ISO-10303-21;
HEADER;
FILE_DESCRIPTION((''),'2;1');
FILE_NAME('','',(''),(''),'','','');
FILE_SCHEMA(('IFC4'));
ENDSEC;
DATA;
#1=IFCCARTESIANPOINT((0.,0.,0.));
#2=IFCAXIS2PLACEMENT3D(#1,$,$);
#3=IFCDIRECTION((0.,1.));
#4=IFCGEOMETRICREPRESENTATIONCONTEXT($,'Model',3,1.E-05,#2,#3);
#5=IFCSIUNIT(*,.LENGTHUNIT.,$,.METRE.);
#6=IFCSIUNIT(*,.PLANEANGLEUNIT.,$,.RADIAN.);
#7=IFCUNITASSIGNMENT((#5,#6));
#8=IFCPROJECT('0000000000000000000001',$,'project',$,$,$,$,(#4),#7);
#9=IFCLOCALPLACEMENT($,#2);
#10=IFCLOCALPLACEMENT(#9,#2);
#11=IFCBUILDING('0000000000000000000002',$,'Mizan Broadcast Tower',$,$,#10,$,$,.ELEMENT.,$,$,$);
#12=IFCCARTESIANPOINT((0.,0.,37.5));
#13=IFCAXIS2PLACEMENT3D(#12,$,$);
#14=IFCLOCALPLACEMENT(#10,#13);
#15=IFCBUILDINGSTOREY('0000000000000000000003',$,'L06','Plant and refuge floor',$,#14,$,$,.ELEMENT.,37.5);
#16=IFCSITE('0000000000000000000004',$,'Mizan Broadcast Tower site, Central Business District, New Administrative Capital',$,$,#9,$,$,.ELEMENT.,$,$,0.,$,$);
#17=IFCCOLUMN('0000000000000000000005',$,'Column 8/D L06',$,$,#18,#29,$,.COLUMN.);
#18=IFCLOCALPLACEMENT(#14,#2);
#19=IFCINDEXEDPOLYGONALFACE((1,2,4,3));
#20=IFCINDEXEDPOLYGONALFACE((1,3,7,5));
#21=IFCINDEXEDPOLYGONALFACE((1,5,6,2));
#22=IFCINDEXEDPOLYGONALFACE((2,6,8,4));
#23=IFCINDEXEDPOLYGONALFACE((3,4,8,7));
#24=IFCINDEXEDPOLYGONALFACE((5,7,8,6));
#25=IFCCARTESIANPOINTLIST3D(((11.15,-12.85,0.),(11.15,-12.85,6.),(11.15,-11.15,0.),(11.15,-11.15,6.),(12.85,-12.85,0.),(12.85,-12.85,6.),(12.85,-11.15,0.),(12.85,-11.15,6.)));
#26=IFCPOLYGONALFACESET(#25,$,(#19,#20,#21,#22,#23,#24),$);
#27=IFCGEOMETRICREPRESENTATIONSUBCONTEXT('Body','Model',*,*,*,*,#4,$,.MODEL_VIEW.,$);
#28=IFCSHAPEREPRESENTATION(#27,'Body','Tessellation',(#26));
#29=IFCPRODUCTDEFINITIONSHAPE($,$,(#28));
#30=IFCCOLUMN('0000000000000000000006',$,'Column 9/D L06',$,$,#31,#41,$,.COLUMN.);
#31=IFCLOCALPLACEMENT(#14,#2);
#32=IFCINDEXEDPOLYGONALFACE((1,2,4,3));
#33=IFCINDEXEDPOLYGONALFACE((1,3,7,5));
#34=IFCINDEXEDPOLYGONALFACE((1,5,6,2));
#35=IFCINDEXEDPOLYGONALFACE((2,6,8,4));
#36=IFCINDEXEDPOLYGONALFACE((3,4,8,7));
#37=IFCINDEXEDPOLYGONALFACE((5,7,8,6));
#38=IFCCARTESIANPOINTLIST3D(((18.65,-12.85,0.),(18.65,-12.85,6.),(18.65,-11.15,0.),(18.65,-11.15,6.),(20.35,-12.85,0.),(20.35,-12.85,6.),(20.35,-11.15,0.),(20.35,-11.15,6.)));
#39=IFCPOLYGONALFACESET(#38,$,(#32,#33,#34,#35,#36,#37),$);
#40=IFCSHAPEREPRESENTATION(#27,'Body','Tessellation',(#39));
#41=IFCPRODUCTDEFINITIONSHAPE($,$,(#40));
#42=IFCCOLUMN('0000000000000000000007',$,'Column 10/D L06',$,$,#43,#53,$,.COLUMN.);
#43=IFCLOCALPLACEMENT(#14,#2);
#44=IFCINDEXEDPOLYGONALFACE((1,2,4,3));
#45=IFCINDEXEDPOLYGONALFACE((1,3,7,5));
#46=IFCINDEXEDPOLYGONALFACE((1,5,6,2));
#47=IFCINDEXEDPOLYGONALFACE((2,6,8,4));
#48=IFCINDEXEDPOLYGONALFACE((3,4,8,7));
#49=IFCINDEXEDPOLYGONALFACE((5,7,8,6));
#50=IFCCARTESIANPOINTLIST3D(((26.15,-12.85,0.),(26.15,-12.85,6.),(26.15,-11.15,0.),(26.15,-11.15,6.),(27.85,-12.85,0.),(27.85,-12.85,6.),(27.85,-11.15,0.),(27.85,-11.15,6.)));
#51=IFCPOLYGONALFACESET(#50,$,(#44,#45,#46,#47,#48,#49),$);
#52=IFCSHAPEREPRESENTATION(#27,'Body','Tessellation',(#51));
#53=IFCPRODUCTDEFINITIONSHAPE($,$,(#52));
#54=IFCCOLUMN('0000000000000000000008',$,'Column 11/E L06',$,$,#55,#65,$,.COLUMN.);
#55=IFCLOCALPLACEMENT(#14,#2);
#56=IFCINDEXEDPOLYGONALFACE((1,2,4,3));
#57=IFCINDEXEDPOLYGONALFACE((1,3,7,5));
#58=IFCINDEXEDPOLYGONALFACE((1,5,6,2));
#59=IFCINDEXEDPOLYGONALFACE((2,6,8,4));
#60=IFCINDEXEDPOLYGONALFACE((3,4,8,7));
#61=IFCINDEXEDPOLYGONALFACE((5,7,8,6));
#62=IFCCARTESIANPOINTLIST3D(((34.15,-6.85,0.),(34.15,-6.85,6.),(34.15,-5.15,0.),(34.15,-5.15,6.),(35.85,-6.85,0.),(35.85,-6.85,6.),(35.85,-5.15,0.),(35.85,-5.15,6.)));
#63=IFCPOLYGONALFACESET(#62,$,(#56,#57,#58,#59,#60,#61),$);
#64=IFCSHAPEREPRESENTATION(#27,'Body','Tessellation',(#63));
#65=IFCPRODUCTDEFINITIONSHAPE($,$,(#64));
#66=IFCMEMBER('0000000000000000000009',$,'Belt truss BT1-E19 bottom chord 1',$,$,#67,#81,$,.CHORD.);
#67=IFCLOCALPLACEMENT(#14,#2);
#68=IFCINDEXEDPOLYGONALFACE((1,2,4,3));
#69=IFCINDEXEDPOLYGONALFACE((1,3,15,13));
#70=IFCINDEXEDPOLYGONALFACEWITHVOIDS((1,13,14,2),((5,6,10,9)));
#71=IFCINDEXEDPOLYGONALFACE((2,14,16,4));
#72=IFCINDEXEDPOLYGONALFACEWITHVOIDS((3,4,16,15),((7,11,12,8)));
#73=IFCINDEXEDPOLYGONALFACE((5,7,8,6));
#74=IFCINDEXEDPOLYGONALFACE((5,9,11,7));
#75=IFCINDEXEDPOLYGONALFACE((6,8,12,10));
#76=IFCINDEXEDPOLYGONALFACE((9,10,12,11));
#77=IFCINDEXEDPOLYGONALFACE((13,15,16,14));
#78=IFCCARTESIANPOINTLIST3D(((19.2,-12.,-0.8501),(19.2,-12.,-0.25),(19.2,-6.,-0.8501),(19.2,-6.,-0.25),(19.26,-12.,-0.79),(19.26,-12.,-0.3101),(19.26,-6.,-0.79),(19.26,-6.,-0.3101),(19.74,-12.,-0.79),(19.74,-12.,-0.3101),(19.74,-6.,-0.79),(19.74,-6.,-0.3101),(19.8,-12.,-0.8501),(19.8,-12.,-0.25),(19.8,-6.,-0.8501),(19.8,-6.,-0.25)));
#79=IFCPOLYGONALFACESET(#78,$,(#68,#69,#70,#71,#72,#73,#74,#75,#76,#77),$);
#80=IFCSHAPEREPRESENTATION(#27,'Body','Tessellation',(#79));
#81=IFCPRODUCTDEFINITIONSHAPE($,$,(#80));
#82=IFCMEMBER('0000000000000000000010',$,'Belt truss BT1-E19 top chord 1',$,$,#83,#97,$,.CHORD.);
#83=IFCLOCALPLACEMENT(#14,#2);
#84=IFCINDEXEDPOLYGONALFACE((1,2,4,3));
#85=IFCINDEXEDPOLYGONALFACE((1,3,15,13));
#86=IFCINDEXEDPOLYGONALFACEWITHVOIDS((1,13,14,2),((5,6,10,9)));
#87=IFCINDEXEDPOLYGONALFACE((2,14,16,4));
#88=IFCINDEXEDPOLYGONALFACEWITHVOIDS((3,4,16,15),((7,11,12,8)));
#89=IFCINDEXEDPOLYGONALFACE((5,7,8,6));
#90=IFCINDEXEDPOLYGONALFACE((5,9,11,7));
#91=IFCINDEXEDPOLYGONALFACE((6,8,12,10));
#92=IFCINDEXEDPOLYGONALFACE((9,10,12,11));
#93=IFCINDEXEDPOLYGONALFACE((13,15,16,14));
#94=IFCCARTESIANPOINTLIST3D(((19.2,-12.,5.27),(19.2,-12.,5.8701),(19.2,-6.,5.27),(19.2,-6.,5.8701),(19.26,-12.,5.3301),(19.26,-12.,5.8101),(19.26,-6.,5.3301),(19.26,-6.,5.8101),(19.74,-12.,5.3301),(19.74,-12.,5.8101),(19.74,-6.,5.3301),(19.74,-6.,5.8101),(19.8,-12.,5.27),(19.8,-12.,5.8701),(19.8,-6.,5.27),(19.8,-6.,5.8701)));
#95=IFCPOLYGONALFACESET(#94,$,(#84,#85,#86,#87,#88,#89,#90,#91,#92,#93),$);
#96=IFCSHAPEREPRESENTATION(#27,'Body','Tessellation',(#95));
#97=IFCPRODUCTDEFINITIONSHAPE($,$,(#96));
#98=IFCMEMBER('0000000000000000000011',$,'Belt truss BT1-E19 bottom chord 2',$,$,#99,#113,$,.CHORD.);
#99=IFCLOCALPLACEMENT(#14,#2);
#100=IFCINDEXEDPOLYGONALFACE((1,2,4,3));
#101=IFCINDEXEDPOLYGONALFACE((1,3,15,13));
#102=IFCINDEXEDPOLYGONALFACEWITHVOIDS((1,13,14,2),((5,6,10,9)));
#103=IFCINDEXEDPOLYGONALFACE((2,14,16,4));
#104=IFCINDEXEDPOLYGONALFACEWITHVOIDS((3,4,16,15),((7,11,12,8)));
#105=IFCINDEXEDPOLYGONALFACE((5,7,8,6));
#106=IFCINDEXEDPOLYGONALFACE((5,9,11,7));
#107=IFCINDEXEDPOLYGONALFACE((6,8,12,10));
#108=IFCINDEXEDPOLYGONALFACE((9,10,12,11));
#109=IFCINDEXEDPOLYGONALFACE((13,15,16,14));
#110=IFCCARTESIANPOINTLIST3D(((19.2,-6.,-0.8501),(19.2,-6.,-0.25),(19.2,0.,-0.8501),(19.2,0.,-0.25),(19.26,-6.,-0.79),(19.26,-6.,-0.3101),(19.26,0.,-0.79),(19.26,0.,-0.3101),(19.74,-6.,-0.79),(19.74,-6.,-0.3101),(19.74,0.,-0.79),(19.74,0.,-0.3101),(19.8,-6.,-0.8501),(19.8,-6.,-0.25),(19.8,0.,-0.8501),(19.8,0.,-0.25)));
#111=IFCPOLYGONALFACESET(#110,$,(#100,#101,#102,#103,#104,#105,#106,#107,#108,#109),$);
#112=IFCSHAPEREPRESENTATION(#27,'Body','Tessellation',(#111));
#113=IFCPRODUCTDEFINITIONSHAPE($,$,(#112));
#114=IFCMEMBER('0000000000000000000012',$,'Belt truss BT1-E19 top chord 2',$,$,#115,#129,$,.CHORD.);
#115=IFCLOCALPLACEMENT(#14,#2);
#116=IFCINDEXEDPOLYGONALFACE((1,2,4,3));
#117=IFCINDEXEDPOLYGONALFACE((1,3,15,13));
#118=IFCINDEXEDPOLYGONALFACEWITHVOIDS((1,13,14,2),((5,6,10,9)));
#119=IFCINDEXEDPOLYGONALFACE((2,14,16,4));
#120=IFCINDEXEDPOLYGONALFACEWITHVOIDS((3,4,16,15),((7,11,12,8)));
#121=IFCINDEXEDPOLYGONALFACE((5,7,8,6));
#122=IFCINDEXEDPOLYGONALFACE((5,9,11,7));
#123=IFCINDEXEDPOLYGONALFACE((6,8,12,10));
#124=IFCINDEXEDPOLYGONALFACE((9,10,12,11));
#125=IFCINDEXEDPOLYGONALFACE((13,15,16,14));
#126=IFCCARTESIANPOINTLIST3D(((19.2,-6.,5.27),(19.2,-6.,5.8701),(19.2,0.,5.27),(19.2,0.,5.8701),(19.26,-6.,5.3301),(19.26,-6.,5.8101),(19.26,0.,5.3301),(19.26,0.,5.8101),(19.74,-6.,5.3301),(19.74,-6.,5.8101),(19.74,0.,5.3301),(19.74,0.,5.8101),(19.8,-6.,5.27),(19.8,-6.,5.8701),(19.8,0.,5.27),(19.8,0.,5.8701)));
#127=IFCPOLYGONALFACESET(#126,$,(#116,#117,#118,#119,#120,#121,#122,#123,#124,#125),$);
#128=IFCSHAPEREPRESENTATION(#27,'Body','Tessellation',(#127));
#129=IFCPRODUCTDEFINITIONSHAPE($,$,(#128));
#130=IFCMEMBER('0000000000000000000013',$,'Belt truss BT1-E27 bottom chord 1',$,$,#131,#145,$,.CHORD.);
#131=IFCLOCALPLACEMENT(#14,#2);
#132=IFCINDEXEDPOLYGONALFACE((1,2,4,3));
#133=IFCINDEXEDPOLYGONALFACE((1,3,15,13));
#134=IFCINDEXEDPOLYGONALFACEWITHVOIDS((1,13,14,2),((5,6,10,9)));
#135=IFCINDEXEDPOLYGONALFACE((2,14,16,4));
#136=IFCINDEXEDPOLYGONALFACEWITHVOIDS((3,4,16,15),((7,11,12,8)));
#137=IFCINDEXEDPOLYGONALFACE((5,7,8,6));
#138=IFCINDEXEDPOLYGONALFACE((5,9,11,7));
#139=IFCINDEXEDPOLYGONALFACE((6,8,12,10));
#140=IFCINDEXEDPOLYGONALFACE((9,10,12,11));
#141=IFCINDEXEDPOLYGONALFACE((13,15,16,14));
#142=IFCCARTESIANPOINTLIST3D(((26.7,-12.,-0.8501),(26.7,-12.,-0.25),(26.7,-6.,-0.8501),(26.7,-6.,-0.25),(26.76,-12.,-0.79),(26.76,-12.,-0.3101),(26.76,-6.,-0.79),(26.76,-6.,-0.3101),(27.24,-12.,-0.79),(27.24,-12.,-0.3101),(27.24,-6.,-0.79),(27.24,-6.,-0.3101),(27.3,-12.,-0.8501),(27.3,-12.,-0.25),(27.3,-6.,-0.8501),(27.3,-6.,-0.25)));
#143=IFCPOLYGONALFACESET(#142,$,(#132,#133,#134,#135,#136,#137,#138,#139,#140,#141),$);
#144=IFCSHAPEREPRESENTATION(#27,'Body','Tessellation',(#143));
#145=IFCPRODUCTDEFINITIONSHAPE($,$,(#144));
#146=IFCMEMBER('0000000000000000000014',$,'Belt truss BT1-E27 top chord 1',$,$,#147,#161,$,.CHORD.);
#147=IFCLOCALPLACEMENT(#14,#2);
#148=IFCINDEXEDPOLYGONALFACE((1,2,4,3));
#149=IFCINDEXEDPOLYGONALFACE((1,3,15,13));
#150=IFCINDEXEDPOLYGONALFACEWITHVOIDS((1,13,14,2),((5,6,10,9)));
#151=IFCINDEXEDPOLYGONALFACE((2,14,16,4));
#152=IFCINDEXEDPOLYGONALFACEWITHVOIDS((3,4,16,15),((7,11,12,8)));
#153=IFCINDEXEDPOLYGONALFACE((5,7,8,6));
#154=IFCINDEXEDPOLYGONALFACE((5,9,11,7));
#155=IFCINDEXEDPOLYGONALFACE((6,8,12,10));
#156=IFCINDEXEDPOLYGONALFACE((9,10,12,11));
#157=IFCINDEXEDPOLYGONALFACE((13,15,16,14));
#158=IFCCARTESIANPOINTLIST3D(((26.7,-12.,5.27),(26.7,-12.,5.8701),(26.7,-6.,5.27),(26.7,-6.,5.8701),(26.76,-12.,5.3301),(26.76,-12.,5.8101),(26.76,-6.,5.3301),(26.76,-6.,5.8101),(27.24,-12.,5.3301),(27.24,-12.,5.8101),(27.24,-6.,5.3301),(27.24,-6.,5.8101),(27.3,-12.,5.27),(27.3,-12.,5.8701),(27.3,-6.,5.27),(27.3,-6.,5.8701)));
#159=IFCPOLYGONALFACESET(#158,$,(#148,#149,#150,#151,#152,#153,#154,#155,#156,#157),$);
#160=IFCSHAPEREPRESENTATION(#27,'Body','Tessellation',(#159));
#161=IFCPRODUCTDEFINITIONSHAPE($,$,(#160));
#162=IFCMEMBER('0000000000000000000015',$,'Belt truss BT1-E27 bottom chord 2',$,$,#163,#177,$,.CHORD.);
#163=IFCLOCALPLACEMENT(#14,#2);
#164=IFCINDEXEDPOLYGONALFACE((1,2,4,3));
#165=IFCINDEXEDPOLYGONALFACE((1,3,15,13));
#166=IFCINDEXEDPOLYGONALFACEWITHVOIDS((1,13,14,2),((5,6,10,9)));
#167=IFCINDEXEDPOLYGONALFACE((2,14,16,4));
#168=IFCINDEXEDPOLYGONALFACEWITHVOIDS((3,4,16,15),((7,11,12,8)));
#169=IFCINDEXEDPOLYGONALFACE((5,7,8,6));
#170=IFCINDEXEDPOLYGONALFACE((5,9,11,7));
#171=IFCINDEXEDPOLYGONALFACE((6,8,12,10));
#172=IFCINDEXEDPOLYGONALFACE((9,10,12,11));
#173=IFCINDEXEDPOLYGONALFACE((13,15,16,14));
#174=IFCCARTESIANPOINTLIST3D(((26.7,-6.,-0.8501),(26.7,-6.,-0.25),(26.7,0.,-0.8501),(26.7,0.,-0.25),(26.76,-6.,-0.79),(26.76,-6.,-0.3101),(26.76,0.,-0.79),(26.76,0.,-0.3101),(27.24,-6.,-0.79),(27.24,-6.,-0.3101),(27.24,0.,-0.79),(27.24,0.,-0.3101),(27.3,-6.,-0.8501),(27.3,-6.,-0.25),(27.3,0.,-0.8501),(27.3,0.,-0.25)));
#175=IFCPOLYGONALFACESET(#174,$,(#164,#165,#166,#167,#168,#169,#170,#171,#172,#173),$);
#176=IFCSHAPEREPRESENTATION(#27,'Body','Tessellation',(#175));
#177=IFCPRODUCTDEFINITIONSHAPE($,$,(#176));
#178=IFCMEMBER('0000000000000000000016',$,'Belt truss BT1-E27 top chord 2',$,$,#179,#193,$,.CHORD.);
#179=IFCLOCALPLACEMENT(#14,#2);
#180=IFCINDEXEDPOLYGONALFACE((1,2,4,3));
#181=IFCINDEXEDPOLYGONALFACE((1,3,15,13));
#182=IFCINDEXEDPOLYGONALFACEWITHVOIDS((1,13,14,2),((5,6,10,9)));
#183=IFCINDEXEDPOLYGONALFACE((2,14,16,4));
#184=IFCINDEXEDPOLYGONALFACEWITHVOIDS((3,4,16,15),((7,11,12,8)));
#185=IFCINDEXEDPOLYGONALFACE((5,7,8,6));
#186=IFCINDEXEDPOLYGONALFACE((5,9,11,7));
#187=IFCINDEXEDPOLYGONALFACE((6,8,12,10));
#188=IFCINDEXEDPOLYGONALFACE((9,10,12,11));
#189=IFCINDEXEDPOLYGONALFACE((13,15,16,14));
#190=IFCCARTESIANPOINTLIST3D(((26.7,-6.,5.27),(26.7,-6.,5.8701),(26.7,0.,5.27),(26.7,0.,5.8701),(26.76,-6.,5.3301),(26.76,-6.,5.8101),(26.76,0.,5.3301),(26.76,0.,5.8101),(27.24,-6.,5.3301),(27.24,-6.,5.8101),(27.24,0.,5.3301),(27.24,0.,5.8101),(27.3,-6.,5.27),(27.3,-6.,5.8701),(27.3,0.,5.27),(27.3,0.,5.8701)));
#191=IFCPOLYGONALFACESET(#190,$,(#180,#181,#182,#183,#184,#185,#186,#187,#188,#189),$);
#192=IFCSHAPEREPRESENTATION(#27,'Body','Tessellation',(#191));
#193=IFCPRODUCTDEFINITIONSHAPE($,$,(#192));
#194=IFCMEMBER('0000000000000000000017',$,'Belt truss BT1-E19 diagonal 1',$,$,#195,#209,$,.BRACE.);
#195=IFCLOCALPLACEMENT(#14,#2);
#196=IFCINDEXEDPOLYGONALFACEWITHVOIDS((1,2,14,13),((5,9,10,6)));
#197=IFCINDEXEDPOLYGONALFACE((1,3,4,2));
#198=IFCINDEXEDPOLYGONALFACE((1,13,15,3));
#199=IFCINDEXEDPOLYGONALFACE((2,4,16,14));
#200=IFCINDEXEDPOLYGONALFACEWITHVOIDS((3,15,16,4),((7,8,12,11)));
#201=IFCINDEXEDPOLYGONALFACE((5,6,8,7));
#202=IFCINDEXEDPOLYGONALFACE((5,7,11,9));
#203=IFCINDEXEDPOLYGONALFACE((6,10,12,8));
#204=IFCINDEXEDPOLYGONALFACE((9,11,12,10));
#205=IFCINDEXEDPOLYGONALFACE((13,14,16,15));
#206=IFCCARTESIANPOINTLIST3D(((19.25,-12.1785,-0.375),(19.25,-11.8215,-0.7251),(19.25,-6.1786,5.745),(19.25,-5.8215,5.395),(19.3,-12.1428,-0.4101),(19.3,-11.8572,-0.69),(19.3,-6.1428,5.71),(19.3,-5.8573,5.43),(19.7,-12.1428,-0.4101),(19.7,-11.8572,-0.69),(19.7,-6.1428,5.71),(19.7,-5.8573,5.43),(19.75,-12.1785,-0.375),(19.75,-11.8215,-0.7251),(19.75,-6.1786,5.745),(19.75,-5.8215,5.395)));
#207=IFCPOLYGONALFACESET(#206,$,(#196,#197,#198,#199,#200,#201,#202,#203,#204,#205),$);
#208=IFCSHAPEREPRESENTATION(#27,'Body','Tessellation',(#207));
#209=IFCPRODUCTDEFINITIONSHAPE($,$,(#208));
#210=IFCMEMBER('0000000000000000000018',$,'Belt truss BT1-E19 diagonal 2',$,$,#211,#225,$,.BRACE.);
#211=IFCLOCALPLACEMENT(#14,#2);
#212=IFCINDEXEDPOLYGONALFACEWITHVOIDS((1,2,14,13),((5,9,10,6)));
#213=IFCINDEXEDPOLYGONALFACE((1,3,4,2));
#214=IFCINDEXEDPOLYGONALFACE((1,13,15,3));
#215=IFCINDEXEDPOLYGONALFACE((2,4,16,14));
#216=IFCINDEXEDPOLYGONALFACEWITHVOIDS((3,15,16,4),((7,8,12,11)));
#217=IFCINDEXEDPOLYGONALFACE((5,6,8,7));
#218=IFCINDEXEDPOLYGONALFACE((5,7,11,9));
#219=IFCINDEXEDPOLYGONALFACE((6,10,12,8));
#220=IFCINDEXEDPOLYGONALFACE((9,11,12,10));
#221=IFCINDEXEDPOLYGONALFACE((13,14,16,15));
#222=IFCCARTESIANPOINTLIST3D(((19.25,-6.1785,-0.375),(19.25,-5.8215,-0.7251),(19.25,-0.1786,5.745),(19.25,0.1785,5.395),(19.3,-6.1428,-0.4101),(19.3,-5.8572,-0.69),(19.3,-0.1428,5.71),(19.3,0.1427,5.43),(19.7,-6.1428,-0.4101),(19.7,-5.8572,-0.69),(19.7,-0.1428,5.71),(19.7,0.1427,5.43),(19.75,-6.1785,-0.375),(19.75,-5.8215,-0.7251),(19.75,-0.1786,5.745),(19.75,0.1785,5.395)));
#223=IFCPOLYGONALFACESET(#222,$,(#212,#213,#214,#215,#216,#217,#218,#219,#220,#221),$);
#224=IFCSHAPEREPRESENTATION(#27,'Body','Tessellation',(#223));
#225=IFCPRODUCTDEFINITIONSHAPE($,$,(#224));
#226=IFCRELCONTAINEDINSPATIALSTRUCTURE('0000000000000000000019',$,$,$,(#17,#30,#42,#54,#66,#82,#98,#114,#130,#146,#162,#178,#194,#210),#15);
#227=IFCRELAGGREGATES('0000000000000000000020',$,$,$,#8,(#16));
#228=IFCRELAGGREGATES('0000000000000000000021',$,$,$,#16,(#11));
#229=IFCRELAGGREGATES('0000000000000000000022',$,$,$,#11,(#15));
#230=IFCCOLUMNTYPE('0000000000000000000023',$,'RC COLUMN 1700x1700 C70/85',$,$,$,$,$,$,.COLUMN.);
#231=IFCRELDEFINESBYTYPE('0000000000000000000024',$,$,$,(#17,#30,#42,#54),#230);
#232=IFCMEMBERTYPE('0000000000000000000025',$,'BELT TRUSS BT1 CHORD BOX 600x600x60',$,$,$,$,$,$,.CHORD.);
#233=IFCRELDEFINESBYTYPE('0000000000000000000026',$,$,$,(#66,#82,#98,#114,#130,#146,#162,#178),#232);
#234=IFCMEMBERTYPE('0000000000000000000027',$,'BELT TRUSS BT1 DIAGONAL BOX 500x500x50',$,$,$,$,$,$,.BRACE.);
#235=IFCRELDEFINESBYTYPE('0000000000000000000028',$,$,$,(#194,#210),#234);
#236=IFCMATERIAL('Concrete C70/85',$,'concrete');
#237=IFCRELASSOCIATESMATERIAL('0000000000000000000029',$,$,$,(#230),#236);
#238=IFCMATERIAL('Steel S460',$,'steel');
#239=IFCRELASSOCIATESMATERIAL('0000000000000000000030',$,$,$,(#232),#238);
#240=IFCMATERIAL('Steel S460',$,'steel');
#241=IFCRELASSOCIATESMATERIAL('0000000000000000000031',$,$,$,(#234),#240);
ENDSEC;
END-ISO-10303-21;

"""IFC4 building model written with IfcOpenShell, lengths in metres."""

from ifc_helpers import new_model, si_unit, direction, frame, origin, origin_2d, place, context, subcontext, project, spatial, rectangle, hollow_rectangle, extrude, material, material_profile, profile_set, type_object, element, save


model = new_model("IFC4")

# Units and contexts
model_context = context("Model", 3, precision=1e-05, world=origin(), true_north=direction((0.0, 1.0)))
body_context = subcontext(model_context, "Body", "Model", "MODEL_VIEW")
ifc_project = project(units=[si_unit("LENGTHUNIT", "METRE"), si_unit("PLANEANGLEUNIT", "RADIAN")], contexts=[model_context])

# Site, building, storey
site_placement = place(None, origin())
site = spatial("IfcSite", under=ifc_project, at=site_placement, Name="Mizan Broadcast Tower site, Central Business District, New Administrative Capital", CompositionType="ELEMENT", RefElevation=0.0)
building_placement = place(site_placement, origin())
building = spatial("IfcBuilding", under=site, at=building_placement, Name="Mizan Broadcast Tower", CompositionType="ELEMENT")
storey_placement = place(building_placement, frame((0.0, 0.0, 37.5)))
storey = spatial("IfcBuildingStorey", under=building, at=storey_placement, Name="L06", Description="Plant and refuge floor", CompositionType="ELEMENT", Elevation=37.5)

# Columns
ifc_material_1 = material(Name="Concrete C70/85", Category="concrete")
ifc_material_profile_1 = material_profile(ifc_material_1, rectangle(XDim=1.7, YDim=1.7, at=origin_2d()), Name="RC 1700x1700")
ifc_profile_set_1 = profile_set([ifc_material_profile_1], Name="Concrete C70/85")
column_type = type_object("IfcColumnType", Name="RC COLUMN 1700x1700 C70/85", PredefinedType="COLUMN", material=ifc_profile_set_1)
for number, where, z_axis, x_axis, name in (
    (1, (12.0, -12.0, 0.0), (0.0, 0.0, 1.0), (1.0, 0.0, 0.0), "Column 8/D L06"),
    (2, (19.5, -12.0, 0.0), (0.0, 0.0, 1.0), (1.0, 0.0, 0.0), "Column 9/D L06"),
    (3, (27.0, -12.0, 0.0), (0.0, 0.0, 1.0), (1.0, 0.0, 0.0), "Column 10/D L06"),
    (4, (35.0, -6.0, 0.0), (0.0, 0.0, 1.0), (1.0, 0.0, 0.0), "Column 11/E L06"),
):
    element("IfcColumn", number, at=place(storey_placement, frame(where, z_axis=z_axis, x_axis=x_axis)), inside=storey, type_object=column_type, Name=name, PredefinedType="COLUMN", context=body_context, shape_type="SweptSolid", body=[
        extrude(rectangle(XDim=1.7, YDim=1.7, at=origin_2d()), origin(), (0.0, 0.0, 1.0), 6.0),
    ])

# Members
ifc_material_2 = material(Name="Steel S460", Category="steel")
ifc_material_profile_2 = material_profile(ifc_material_2, hollow_rectangle(XDim=0.6001, YDim=0.6001, WallThickness=0.0601, at=origin_2d()), Name="BOX 600x600x60")
ifc_profile_set_2 = profile_set([ifc_material_profile_2], Name="Steel S460")
member_type_1 = type_object("IfcMemberType", Name="BELT TRUSS BT1 CHORD BOX 600x600x60", PredefinedType="CHORD", material=ifc_profile_set_2)
for number, where, z_axis, x_axis, name in (
    (5, (19.5, -12.0, -0.55), (0.0, 1.0, 0.0), (-1.0, 0.0, 0.0), "Belt truss BT1-E19 bottom chord 1"),
    (6, (19.5, -12.0, 5.5701), (0.0, 1.0, 0.0), (-1.0, 0.0, 0.0), "Belt truss BT1-E19 top chord 1"),
    (7, (19.5, -6.0, -0.55), (0.0, 1.0, 0.0), (-1.0, 0.0, 0.0), "Belt truss BT1-E19 bottom chord 2"),
    (8, (19.5, -6.0, 5.5701), (0.0, 1.0, 0.0), (-1.0, 0.0, 0.0), "Belt truss BT1-E19 top chord 2"),
    (9, (27.0, -12.0, -0.55), (0.0, 1.0, 0.0), (-1.0, 0.0, 0.0), "Belt truss BT1-E27 bottom chord 1"),
    (10, (27.0, -12.0, 5.5701), (0.0, 1.0, 0.0), (-1.0, 0.0, 0.0), "Belt truss BT1-E27 top chord 1"),
    (11, (27.0, -6.0, -0.55), (0.0, 1.0, 0.0), (-1.0, 0.0, 0.0), "Belt truss BT1-E27 bottom chord 2"),
    (12, (27.0, -6.0, 5.5701), (0.0, 1.0, 0.0), (-1.0, 0.0, 0.0), "Belt truss BT1-E27 top chord 2"),
):
    element("IfcMember", number, at=place(storey_placement, frame(where, z_axis=z_axis, x_axis=x_axis)), inside=storey, type_object=member_type_1, Name=name, PredefinedType="CHORD", context=body_context, shape_type="SweptSolid", body=[
        extrude(hollow_rectangle(XDim=0.6001, YDim=0.6001, WallThickness=0.0601, at=origin_2d()), origin(), (0.0, 0.0, 1.0), 6.0),
    ])
ifc_material_3 = material(Name="Steel S460", Category="steel")
ifc_material_profile_3 = material_profile(ifc_material_3, hollow_rectangle(XDim=0.5, YDim=0.5, WallThickness=0.05, at=origin_2d()), Name="BOX 500x500x50")
ifc_profile_set_3 = profile_set([ifc_material_profile_3], Name="Steel S460")
member_type_2 = type_object("IfcMemberType", Name="BELT TRUSS BT1 DIAGONAL BOX 500x500x50", PredefinedType="BRACE", material=ifc_profile_set_3)
for number, where, z_axis, x_axis, name in (
    (13, (19.5, -12.0, -0.55), (0.0, 0.700065, 0.71408), (-1.0, 0.0, 0.0), "Belt truss BT1-E19 diagonal 1"),
    (14, (19.5, -6.0, -0.55), (0.0, 0.700065, 0.71408), (-1.0, 0.0, 0.0), "Belt truss BT1-E19 diagonal 2"),
):
    element("IfcMember", number, at=place(storey_placement, frame(where, z_axis=z_axis, x_axis=x_axis)), inside=storey, type_object=member_type_2, Name=name, PredefinedType="BRACE", context=body_context, shape_type="SweptSolid", body=[
        extrude(hollow_rectangle(XDim=0.5, YDim=0.5, WallThickness=0.05, at=origin_2d()), origin(), (0.0, 0.0, 1.0), 8.5706),
    ])

save(model, "model.ifc")
